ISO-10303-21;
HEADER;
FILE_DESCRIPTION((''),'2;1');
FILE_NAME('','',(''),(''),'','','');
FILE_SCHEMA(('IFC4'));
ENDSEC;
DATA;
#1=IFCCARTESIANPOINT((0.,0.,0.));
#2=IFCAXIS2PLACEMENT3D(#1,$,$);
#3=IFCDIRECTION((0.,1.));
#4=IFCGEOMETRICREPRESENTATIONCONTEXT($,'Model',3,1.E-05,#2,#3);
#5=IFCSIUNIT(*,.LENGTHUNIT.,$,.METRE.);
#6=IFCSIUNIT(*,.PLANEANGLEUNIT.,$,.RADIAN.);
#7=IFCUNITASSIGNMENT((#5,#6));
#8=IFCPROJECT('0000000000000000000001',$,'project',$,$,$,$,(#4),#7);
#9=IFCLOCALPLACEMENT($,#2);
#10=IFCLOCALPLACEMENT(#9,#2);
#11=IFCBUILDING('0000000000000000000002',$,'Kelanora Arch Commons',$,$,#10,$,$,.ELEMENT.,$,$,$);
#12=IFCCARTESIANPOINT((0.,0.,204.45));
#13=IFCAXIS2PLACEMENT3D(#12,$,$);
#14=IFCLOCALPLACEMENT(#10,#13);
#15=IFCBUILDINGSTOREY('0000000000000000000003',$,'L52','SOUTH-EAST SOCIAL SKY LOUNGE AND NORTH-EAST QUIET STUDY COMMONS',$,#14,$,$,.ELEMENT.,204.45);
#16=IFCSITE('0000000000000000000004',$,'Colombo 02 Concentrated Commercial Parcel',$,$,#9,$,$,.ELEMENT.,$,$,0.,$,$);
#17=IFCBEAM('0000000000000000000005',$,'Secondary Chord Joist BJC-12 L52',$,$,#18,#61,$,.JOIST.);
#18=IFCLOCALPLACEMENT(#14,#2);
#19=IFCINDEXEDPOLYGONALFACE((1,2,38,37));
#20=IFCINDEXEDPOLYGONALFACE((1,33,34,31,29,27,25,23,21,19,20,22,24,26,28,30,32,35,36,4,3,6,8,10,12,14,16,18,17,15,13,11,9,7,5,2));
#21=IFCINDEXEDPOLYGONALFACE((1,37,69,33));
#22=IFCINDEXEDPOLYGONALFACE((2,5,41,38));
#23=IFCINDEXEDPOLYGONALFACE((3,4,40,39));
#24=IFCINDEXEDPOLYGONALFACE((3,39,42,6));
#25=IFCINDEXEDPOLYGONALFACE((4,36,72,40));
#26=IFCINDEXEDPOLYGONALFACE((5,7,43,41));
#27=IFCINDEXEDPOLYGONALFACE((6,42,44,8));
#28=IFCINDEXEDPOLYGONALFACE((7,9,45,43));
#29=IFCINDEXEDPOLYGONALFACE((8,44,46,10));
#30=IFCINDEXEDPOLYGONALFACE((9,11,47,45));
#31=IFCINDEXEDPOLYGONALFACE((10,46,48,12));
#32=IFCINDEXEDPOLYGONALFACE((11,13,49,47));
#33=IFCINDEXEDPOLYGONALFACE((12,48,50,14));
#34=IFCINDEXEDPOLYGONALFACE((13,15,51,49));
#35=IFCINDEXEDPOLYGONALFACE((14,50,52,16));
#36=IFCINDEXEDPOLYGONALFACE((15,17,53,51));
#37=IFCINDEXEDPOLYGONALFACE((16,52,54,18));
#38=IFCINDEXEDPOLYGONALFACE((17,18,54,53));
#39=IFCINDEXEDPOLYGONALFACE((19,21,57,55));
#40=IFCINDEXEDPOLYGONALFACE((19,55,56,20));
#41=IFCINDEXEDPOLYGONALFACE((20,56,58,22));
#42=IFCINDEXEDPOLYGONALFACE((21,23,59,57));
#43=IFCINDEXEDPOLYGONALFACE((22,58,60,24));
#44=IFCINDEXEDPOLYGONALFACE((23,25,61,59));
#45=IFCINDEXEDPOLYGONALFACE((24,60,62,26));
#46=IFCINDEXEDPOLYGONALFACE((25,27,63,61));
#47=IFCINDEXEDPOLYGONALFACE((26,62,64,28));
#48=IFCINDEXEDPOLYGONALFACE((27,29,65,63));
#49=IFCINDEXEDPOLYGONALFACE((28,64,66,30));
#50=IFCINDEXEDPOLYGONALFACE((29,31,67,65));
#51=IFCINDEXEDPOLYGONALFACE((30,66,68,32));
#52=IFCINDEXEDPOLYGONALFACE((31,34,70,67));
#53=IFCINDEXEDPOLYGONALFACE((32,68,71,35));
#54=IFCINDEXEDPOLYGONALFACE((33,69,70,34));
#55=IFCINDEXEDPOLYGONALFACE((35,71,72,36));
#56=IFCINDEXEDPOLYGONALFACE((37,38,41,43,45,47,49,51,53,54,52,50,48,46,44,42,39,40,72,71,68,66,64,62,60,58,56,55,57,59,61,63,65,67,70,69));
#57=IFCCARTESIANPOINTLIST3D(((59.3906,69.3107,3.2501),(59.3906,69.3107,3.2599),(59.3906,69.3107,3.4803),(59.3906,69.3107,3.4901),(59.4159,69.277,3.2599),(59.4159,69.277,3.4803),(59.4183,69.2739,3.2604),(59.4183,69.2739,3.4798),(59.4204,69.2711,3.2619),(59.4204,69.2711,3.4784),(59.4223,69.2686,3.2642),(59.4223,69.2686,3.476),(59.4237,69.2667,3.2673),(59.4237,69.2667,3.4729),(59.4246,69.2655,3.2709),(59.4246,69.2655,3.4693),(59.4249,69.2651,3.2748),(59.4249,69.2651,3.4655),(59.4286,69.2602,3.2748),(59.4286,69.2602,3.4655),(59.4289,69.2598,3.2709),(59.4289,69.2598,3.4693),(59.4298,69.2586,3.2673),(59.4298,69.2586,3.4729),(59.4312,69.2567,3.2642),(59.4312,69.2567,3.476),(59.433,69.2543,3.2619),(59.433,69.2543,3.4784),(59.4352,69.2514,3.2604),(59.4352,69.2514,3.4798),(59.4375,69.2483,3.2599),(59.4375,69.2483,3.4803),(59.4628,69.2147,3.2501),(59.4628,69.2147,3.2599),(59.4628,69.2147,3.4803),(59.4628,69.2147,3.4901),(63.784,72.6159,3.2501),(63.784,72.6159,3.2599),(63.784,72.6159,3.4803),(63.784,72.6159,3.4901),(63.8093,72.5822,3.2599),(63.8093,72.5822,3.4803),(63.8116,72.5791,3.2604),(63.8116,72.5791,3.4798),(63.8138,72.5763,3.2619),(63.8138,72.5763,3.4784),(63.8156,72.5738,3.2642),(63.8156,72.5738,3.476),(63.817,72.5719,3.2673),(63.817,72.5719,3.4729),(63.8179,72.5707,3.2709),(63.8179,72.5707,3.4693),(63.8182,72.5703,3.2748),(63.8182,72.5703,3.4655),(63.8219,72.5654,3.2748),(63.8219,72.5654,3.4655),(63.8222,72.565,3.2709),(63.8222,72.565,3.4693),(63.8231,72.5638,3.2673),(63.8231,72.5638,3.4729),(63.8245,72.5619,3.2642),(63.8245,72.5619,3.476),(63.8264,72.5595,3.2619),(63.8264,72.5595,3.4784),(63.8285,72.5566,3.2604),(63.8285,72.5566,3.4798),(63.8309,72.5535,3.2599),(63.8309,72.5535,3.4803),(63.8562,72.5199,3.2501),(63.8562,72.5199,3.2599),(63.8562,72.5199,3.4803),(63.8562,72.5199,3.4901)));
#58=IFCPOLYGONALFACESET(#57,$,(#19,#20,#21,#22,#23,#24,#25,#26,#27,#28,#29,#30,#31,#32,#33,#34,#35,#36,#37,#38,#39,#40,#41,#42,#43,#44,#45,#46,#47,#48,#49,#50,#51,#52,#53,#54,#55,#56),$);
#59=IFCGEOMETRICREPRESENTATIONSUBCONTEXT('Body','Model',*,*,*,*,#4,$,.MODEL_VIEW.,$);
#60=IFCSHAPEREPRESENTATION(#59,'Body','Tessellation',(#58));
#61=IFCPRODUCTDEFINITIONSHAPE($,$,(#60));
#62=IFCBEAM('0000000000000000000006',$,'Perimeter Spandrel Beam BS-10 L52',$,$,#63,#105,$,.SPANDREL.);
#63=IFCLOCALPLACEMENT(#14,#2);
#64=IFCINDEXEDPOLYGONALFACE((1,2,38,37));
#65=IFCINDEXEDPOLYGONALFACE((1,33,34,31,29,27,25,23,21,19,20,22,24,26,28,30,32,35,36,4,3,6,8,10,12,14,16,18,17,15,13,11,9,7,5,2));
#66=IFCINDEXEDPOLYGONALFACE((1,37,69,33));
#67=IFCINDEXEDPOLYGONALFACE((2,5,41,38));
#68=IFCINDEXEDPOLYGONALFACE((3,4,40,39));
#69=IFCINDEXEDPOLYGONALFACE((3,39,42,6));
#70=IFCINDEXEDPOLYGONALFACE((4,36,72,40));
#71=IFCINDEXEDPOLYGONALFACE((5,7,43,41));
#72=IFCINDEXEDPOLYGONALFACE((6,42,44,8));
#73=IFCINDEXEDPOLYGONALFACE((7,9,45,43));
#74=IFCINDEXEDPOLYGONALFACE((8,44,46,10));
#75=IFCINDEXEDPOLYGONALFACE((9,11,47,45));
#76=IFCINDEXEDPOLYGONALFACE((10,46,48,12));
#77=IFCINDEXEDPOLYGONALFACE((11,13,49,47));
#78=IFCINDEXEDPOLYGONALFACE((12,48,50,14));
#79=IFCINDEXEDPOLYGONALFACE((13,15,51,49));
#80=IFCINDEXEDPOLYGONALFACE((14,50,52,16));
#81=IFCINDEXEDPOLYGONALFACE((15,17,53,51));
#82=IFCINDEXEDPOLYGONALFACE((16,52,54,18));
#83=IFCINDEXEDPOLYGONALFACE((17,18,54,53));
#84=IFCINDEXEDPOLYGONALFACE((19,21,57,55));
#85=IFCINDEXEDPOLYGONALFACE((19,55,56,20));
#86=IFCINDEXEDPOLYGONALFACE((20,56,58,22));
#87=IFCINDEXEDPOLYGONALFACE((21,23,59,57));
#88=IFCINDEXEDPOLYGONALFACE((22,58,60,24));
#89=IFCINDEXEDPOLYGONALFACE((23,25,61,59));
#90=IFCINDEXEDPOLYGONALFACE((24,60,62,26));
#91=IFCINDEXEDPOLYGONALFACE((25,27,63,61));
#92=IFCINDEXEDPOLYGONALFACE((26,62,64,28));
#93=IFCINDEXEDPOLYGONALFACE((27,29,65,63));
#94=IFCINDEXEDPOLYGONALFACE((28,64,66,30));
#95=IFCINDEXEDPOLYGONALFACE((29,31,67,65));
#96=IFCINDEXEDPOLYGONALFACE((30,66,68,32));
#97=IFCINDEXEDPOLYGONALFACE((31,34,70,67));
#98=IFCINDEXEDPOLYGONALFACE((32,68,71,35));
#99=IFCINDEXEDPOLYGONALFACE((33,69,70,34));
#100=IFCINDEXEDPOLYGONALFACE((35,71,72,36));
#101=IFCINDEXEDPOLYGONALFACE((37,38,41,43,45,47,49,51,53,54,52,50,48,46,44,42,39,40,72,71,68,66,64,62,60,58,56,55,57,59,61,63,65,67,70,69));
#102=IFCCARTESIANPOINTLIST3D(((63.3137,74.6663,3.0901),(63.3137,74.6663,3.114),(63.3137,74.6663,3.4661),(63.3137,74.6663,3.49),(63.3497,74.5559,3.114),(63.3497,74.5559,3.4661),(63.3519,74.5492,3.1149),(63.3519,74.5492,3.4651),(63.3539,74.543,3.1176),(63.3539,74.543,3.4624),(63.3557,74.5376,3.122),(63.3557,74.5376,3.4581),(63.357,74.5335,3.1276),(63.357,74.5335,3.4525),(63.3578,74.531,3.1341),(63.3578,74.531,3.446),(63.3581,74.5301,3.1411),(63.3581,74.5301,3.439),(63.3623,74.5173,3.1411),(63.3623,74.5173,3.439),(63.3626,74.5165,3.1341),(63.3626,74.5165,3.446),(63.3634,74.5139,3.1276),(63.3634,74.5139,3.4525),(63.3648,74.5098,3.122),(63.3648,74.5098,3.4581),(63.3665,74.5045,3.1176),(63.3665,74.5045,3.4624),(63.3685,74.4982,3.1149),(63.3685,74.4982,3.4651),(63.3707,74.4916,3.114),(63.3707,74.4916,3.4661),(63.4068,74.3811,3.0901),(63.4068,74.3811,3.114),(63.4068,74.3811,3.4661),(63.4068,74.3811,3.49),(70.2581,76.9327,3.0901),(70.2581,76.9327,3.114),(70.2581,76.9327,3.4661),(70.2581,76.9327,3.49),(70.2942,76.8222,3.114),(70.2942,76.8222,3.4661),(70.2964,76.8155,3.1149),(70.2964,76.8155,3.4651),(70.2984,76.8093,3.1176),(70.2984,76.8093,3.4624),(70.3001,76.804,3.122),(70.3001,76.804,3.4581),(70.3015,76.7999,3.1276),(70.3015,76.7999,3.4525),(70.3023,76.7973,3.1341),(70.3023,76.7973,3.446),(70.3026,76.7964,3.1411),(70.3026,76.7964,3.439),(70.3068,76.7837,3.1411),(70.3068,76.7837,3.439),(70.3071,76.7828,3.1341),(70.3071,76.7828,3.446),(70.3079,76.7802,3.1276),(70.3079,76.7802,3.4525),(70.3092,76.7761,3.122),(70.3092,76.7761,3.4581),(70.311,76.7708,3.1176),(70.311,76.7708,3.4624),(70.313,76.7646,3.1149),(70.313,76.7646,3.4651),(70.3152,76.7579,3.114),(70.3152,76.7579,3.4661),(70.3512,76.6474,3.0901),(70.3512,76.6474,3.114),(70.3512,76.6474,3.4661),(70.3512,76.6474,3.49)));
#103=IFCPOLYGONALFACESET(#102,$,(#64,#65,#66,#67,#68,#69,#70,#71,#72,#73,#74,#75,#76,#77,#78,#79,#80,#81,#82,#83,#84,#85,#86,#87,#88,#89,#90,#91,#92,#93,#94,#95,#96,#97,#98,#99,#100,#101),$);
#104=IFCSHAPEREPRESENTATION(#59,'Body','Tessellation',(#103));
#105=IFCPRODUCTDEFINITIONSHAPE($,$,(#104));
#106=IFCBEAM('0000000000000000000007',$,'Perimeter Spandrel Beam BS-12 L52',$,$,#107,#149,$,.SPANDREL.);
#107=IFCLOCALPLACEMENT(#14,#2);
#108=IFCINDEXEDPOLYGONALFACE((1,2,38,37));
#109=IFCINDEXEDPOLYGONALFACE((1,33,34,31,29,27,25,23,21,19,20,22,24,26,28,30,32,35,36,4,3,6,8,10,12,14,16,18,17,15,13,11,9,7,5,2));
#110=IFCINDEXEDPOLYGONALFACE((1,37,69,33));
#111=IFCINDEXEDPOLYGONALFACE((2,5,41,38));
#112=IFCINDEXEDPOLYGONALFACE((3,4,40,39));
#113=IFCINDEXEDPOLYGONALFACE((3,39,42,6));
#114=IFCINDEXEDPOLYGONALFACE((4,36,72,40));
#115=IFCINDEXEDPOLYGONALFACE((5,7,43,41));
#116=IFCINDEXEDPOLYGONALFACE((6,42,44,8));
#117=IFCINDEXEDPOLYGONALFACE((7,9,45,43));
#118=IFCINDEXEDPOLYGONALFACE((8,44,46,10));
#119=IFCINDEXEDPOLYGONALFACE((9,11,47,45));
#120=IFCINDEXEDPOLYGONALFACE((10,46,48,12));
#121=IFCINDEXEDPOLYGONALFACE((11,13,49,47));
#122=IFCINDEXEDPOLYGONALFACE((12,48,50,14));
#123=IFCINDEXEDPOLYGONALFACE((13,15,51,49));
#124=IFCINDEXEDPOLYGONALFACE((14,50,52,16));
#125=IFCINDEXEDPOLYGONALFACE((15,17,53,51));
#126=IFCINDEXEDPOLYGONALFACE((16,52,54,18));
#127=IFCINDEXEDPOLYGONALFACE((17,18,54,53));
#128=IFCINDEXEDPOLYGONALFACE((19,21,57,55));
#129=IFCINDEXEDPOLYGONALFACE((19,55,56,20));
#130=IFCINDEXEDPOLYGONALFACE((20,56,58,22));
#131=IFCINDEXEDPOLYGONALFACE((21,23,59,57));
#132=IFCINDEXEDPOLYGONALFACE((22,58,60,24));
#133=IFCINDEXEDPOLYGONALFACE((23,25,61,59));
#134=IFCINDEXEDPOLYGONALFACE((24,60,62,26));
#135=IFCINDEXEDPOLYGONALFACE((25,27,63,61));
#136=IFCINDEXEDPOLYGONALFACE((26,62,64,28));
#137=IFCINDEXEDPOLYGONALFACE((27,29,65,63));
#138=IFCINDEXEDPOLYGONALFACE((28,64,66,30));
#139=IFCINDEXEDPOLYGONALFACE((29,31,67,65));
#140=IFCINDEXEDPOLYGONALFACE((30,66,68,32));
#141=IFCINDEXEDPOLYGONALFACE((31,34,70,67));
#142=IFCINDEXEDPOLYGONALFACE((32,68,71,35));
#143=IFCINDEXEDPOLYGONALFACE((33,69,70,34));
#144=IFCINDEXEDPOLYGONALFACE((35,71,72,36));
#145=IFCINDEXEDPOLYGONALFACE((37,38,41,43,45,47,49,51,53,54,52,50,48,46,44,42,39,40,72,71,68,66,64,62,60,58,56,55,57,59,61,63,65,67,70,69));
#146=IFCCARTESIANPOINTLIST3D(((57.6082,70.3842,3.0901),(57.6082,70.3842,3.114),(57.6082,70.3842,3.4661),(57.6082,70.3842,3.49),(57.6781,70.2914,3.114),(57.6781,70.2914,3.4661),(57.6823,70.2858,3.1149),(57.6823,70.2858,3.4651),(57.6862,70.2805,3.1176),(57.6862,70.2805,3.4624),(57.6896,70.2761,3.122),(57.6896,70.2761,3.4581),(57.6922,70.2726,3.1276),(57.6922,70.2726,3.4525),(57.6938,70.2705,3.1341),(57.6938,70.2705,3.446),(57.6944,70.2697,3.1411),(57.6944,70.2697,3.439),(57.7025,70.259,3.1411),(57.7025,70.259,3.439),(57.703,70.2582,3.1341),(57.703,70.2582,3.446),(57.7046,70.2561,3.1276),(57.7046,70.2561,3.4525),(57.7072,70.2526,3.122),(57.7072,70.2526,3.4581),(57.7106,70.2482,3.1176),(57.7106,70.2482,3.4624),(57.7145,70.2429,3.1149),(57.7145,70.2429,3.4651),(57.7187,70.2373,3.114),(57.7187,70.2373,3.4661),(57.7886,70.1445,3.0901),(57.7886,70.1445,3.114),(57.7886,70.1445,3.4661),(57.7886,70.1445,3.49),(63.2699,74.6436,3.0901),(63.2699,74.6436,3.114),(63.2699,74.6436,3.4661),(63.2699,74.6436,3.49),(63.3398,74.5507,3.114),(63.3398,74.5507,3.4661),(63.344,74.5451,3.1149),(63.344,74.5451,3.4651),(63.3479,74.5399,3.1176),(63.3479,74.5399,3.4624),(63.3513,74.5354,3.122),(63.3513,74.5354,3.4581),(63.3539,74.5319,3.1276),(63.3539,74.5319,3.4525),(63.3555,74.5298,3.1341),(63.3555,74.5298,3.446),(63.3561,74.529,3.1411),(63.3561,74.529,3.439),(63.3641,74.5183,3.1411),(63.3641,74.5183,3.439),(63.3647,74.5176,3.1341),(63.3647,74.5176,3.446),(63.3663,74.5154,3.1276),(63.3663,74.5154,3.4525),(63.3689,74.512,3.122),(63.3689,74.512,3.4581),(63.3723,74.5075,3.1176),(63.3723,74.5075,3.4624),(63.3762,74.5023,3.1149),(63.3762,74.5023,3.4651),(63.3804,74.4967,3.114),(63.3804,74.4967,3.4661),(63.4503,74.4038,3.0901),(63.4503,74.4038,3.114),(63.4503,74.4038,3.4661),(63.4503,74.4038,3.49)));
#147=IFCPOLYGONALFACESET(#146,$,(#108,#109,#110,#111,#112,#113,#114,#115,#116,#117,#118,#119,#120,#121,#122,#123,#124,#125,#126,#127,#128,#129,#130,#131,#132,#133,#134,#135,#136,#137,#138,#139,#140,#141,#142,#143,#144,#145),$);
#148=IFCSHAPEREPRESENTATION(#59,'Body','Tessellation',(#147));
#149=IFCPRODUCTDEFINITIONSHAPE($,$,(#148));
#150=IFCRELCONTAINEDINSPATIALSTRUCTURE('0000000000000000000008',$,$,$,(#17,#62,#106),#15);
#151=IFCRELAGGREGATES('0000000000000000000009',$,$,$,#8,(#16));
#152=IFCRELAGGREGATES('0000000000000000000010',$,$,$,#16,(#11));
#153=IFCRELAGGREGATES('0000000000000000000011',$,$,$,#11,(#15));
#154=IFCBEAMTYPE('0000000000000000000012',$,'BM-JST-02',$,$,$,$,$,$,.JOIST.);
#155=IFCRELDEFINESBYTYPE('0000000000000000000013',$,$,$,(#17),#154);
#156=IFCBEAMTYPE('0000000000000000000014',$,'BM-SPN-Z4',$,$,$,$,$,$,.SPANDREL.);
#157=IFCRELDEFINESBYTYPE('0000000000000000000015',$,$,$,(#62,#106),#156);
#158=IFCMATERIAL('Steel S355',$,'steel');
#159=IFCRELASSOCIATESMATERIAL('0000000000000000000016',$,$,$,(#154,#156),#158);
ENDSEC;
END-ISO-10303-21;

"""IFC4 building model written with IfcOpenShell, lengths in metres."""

from ifc_helpers import new_model, si_unit, direction, frame, origin, origin_2d, place, context, subcontext, project, spatial, i_section, extrude, material, material_profile, profile_set, type_object, element, save


model = new_model("IFC4")

# Units and contexts
model_context = context("Model", 3, precision=1e-05, world=origin(), true_north=direction((0.0, 1.0)))
body_context = subcontext(model_context, "Body", "Model", "MODEL_VIEW")
ifc_project = project(units=[si_unit("LENGTHUNIT", "METRE"), si_unit("PLANEANGLEUNIT", "RADIAN")], contexts=[model_context])

# Site, building, storey
site_placement = place(None, origin())
site = spatial("IfcSite", under=ifc_project, at=site_placement, Name="Colombo 02 Concentrated Commercial Parcel", CompositionType="ELEMENT", RefElevation=0.0)
building_placement = place(site_placement, origin())
building = spatial("IfcBuilding", under=site, at=building_placement, Name="Kelanora Arch Commons", CompositionType="ELEMENT")
storey_placement = place(building_placement, frame((0.0, 0.0, 204.45)))
storey = spatial("IfcBuildingStorey", under=building, at=storey_placement, Name="L52", Description="SOUTH-EAST SOCIAL SKY LOUNGE AND NORTH-EAST QUIET STUDY COMMONS", CompositionType="ELEMENT", Elevation=204.45)

# Beams
ifc_material_1 = material(Name="Steel S355", Category="steel")
ifc_material_profile_1 = material_profile(ifc_material_1, i_section(OverallWidth=0.1201, OverallDepth=0.24, WebThickness=0.0061, FlangeThickness=0.0098, FilletRadius=0.0149, at=origin_2d()), Name="IPE240")
ifc_profile_set_1 = profile_set([ifc_material_profile_1], Name="Steel S355")
beam_type_1 = type_object("IfcBeamType", Name="BM-JST-02", PredefinedType="JOIST", material=ifc_profile_set_1)
beam_1_placement = place(storey_placement, frame((63.8201, 72.5679, 3.3701), z_axis=(-0.799109, -0.601186, 0.0), x_axis=(0.601186, -0.799109, 0.0)))
element("IfcBeam", 1, at=beam_1_placement, inside=storey, type_object=beam_type_1, Name="Secondary Chord Joist BJC-12 L52", PredefinedType="JOIST", context=body_context, shape_type="SweptSolid", body=[
    extrude(i_section(OverallWidth=0.1201, OverallDepth=0.24, WebThickness=0.0061, FlangeThickness=0.0098, FilletRadius=0.0149, at=origin_2d()), origin(), (0.0, 0.0, 1.0), 5.4978),
])
ifc_material_profile_2 = material_profile(ifc_material_1, i_section(OverallWidth=0.3, OverallDepth=0.3999, WebThickness=0.0134, FlangeThickness=0.0239, FilletRadius=0.0271, at=origin_2d()), Name="HEB400")
ifc_profile_set_2 = profile_set([ifc_material_profile_2], Name="Steel S355")
beam_type_2 = type_object("IfcBeamType", Name="BM-SPN-Z4", PredefinedType="SPANDREL", material=ifc_profile_set_2)
beam_2_placement = place(storey_placement, frame((70.3047, 76.79, 3.29), z_axis=(-0.950656, -0.310246, 0.0), x_axis=(0.310246, -0.950656, 0.0)))
element("IfcBeam", 2, at=beam_2_placement, inside=storey, type_object=beam_type_2, Name="Perimeter Spandrel Beam BS-10 L52", PredefinedType="SPANDREL", context=body_context, shape_type="SweptSolid", body=[
    extrude(i_section(OverallWidth=0.3, OverallDepth=0.3999, WebThickness=0.0134, FlangeThickness=0.0239, FilletRadius=0.0271, at=origin_2d()), origin(), (0.0, 0.0, 1.0), 7.3049),
])
beam_3_placement = place(storey_placement, frame((63.3601, 74.5237, 3.29), z_axis=(-0.799114, -0.601179, 0.0), x_axis=(0.601179, -0.799114, 0.0)))
element("IfcBeam", 3, at=beam_3_placement, inside=storey, type_object=beam_type_2, Name="Perimeter Spandrel Beam BS-12 L52", PredefinedType="SPANDREL", context=body_context, shape_type="SweptSolid", body=[
    extrude(i_section(OverallWidth=0.3, OverallDepth=0.3999, WebThickness=0.0134, FlangeThickness=0.0239, FilletRadius=0.0271, at=origin_2d()), origin(), (0.0, 0.0, 1.0), 7.085),
])

save(model, "model.ifc")
